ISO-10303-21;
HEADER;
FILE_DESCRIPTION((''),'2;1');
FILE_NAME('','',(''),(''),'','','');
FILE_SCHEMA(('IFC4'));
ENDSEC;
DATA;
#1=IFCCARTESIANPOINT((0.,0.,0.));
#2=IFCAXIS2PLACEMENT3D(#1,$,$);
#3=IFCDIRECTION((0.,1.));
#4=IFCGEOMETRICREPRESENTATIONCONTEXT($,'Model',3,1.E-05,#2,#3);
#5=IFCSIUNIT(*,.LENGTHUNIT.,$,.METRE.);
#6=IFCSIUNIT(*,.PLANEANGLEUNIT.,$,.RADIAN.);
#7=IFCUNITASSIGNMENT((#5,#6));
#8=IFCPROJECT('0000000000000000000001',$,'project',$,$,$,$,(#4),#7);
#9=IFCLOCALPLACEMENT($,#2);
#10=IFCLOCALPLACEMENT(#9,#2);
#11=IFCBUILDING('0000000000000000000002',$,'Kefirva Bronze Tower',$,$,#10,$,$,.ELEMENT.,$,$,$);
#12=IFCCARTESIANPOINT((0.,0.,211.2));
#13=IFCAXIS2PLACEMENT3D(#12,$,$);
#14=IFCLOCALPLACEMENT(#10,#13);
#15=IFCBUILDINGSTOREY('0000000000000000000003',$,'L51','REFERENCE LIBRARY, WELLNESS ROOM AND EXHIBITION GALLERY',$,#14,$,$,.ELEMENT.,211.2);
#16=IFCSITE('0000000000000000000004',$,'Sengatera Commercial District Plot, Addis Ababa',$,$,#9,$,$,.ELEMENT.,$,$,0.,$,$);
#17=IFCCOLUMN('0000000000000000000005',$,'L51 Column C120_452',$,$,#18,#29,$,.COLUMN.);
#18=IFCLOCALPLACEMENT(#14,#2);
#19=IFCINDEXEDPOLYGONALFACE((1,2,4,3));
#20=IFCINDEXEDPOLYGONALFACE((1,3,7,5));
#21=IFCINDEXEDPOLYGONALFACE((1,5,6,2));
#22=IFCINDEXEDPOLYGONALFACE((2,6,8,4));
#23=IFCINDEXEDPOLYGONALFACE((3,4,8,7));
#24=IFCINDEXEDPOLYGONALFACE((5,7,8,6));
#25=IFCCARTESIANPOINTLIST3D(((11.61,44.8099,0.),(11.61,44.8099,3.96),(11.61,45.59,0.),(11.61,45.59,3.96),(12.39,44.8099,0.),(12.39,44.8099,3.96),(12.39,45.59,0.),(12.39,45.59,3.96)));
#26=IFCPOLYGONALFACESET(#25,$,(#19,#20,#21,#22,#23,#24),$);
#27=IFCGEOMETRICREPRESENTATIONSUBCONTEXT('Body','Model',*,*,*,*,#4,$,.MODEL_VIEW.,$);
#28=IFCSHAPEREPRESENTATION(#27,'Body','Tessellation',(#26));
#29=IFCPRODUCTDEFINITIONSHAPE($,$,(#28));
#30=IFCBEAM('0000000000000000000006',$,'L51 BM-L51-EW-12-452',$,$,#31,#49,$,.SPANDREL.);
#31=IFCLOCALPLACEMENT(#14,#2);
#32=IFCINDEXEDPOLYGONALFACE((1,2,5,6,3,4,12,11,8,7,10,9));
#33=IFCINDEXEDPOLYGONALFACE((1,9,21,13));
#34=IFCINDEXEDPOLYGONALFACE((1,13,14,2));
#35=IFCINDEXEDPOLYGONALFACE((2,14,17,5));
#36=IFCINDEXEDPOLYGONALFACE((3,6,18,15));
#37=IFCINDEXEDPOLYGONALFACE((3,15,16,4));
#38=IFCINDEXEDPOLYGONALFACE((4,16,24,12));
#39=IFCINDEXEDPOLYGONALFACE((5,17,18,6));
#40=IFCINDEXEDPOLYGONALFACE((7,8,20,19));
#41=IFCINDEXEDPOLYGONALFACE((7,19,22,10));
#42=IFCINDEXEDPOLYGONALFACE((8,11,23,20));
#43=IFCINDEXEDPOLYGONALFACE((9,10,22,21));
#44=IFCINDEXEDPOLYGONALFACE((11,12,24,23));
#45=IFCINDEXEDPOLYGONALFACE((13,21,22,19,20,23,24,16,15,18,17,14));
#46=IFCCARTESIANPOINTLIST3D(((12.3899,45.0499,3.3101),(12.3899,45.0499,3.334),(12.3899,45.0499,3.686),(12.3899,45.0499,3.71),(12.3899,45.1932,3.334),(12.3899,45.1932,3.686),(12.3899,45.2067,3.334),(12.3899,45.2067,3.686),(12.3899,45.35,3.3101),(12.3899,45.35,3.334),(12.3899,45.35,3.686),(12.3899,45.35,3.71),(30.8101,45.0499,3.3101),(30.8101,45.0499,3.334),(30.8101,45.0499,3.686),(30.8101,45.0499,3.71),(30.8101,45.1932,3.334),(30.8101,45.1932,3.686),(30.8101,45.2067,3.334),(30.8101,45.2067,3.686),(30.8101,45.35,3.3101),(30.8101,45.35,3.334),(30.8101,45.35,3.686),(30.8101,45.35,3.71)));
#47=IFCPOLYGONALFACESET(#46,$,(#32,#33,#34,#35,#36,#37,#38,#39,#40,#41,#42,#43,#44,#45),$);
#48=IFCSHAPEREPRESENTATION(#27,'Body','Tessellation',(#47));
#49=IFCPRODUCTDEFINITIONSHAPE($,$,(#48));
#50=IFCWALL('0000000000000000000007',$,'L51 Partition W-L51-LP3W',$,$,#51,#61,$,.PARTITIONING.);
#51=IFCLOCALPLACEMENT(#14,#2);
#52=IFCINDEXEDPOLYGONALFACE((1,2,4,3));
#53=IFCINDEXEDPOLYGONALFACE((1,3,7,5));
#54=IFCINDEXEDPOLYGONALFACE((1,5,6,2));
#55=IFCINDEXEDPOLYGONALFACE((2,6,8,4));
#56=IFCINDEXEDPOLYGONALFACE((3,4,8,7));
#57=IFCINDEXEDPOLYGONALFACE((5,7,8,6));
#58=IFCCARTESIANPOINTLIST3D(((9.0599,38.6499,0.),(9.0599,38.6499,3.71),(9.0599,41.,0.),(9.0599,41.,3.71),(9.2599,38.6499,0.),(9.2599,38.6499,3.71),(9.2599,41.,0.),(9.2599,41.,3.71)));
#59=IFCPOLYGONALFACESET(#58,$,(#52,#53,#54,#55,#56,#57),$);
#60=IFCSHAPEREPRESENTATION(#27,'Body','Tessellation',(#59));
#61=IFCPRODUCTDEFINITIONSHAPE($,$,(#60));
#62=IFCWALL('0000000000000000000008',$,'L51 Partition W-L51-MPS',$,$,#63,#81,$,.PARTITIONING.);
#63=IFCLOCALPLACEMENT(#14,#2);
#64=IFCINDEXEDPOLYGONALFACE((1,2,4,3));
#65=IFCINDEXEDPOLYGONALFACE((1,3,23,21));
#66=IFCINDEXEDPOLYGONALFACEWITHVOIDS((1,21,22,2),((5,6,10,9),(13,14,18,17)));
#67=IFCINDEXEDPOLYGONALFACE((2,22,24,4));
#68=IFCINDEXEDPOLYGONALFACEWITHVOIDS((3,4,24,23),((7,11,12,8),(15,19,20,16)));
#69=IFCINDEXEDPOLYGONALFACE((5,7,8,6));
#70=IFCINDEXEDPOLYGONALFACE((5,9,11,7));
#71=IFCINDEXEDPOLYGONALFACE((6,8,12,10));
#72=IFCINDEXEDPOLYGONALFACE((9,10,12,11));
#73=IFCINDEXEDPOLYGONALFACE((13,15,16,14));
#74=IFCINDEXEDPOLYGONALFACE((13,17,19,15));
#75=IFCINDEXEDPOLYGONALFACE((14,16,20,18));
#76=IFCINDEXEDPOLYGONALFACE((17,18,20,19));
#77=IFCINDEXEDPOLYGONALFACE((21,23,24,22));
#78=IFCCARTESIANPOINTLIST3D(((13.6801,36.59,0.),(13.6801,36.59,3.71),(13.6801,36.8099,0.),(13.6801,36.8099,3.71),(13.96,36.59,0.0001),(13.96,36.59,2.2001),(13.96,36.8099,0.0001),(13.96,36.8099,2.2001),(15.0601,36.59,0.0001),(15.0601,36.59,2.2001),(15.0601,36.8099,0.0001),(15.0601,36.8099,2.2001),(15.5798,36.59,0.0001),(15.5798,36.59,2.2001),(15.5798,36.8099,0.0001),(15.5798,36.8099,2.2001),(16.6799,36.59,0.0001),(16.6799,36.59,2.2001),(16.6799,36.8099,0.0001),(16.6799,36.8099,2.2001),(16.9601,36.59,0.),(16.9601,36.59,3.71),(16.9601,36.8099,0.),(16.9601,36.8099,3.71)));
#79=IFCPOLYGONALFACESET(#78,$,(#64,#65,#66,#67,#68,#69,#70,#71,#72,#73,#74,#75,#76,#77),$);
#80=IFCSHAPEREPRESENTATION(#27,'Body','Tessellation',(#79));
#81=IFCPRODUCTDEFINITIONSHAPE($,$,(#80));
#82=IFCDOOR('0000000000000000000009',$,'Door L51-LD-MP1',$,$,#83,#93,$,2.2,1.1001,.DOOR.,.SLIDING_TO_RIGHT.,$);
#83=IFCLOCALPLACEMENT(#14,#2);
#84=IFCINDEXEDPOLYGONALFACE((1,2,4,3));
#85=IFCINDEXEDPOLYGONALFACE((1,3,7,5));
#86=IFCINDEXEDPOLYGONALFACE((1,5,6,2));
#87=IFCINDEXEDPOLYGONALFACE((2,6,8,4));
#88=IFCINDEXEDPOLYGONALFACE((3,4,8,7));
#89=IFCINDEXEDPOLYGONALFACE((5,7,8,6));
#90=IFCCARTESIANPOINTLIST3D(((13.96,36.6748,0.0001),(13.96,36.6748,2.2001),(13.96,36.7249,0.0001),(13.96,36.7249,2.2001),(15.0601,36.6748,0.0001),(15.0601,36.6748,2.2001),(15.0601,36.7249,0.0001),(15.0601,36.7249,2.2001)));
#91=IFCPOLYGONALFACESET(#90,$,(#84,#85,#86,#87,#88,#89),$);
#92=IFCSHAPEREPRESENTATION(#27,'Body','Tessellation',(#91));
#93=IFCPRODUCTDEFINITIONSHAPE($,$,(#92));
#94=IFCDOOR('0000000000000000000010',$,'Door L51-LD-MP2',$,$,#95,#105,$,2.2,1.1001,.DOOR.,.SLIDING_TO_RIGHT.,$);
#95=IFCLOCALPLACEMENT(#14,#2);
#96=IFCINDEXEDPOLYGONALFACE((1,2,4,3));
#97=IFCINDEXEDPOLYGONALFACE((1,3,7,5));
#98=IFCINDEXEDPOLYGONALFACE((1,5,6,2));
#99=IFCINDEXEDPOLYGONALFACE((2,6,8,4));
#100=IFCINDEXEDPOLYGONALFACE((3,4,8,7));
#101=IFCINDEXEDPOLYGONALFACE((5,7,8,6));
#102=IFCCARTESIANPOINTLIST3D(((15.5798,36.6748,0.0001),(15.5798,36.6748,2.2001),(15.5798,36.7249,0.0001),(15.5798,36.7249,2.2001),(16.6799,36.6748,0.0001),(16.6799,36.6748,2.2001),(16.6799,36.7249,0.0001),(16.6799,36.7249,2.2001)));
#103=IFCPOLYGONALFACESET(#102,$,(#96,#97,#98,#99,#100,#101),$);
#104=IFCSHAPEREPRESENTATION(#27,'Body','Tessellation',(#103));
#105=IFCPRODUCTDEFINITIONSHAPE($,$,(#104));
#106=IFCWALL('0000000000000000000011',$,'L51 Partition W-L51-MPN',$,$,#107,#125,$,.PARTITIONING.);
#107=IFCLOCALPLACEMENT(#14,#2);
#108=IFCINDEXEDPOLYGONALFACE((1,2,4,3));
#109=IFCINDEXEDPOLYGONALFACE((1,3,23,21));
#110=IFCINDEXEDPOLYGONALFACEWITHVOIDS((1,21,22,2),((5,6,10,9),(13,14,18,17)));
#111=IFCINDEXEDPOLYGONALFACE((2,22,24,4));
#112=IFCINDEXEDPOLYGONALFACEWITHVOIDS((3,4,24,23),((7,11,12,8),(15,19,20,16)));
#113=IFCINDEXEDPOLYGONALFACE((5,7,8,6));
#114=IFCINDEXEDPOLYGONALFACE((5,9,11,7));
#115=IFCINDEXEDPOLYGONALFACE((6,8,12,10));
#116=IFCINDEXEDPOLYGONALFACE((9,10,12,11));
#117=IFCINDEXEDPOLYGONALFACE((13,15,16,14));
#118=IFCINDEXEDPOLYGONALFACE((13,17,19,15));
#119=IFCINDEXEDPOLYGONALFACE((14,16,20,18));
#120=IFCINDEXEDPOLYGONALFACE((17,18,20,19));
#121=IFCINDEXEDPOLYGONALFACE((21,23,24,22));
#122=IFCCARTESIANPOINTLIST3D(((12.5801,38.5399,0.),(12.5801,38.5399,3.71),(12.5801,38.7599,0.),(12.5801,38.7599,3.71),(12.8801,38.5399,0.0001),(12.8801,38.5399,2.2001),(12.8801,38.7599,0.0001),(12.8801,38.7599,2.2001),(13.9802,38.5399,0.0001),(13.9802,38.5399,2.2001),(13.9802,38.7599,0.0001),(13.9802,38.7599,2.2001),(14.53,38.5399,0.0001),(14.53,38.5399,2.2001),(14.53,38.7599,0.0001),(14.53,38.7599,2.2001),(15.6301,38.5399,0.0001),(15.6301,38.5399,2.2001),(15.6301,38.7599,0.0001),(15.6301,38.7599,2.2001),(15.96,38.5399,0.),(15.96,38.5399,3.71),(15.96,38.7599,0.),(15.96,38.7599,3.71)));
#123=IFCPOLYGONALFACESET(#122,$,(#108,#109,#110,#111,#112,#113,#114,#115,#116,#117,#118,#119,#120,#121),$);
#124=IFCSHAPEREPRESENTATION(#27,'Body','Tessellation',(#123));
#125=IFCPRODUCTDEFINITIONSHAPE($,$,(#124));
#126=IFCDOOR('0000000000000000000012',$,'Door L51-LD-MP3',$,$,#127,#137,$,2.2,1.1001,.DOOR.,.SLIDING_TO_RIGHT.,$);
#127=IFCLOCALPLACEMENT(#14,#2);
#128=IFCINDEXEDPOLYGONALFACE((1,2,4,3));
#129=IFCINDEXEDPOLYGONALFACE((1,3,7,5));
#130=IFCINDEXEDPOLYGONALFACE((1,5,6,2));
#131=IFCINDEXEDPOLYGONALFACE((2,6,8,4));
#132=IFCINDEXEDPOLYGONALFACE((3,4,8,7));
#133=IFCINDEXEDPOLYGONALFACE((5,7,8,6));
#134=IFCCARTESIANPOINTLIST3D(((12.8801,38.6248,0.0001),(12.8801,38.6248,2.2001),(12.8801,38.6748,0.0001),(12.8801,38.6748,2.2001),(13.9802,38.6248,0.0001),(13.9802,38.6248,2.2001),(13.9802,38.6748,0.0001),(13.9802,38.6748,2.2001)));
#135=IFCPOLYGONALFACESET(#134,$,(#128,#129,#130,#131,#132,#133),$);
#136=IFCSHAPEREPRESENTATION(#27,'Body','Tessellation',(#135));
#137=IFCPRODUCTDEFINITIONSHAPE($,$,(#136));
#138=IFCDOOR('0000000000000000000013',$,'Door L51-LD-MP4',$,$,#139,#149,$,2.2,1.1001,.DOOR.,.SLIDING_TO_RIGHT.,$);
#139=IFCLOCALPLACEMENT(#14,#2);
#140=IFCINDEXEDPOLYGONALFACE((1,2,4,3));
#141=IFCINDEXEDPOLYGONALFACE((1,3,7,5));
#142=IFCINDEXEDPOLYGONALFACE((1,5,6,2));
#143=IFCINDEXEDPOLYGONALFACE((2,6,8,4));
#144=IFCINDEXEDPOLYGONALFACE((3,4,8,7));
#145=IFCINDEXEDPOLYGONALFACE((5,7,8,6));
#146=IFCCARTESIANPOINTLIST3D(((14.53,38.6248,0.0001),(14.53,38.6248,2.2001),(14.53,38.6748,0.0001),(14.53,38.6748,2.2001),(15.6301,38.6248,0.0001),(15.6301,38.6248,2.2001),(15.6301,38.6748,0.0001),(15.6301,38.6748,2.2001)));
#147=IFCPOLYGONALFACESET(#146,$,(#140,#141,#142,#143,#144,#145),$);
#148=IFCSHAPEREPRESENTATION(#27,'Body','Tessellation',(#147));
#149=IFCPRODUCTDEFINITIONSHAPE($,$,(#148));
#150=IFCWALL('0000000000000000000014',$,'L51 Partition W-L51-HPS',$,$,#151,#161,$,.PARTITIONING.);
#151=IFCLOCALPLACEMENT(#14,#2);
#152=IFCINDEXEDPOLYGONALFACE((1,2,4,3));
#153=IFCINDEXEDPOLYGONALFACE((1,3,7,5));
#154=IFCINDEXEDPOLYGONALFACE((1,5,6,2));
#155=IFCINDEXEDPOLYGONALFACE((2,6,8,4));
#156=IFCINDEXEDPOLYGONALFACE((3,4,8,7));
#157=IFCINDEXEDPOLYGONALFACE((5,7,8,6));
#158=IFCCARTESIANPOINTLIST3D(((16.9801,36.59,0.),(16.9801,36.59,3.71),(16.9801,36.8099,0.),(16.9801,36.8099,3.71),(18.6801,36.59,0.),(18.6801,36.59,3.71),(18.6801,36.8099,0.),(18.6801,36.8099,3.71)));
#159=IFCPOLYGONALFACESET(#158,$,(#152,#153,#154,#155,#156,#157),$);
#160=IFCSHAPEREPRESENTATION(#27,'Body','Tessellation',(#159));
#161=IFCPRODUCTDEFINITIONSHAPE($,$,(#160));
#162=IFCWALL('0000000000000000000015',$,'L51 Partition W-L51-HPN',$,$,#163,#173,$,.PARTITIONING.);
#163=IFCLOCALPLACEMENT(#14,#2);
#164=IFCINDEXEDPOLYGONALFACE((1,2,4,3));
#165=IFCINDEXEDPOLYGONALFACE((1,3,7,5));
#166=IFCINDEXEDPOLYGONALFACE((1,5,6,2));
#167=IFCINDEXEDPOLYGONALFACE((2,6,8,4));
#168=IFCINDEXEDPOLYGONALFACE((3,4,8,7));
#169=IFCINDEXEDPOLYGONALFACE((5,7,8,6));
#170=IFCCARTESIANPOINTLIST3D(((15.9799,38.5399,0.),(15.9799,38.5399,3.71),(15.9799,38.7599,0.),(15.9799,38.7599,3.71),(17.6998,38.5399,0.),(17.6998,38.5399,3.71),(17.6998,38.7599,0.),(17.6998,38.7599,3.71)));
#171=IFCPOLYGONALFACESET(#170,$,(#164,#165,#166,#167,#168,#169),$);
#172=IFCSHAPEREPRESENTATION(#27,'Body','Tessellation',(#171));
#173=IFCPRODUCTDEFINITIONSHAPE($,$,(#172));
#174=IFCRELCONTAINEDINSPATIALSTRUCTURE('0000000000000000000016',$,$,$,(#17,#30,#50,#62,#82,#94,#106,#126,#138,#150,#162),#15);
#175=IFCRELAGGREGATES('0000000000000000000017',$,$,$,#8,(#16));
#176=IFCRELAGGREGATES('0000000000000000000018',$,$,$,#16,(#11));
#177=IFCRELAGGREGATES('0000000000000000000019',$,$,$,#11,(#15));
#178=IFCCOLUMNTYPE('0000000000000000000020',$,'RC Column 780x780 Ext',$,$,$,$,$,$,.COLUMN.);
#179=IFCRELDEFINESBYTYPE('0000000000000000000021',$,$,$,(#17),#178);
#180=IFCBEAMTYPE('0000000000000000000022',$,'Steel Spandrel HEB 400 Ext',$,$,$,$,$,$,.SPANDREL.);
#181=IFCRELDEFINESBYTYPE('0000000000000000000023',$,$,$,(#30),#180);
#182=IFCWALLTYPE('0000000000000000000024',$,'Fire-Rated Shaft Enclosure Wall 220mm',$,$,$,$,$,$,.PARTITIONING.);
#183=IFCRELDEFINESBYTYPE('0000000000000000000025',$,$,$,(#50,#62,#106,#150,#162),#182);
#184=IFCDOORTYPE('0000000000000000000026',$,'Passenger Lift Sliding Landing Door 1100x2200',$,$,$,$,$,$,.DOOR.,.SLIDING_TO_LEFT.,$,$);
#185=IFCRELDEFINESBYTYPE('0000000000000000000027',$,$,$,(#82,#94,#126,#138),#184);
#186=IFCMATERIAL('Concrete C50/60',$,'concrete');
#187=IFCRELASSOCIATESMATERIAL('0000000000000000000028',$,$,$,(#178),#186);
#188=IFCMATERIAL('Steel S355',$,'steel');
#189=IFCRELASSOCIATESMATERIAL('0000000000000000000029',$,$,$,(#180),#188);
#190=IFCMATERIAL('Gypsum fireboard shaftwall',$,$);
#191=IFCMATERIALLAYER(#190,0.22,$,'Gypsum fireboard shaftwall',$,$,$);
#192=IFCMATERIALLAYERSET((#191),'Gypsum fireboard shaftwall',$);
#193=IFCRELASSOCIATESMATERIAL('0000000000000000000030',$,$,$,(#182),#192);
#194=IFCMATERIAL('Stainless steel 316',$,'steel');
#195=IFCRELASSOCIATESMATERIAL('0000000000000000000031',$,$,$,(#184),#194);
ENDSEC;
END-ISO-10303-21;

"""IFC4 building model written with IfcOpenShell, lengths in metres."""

from ifc_helpers import new_model, si_unit, direction, frame, frame_2d, origin, origin_2d, place, context, subcontext, project, spatial, rectangle, i_section, extrude, material, layer, layer_set, material_profile, profile_set, type_object, element, fill, save


model = new_model("IFC4")

# Units and contexts
model_context = context("Model", 3, precision=1e-05, world=origin(), true_north=direction((0.0, 1.0)))
body_context = subcontext(model_context, "Body", "Model", "MODEL_VIEW")
ifc_project = project(units=[si_unit("LENGTHUNIT", "METRE"), si_unit("PLANEANGLEUNIT", "RADIAN")], contexts=[model_context])

# Site, building, storey
site_placement = place(None, origin())
site = spatial("IfcSite", under=ifc_project, at=site_placement, Name="Sengatera Commercial District Plot, Addis Ababa", CompositionType="ELEMENT", RefElevation=0.0)
building_placement = place(site_placement, origin())
building = spatial("IfcBuilding", under=site, at=building_placement, Name="Kefirva Bronze Tower", CompositionType="ELEMENT")
storey_placement = place(building_placement, frame((0.0, 0.0, 211.2)))
storey = spatial("IfcBuildingStorey", under=building, at=storey_placement, Name="L51", Description="REFERENCE LIBRARY, WELLNESS ROOM AND EXHIBITION GALLERY", CompositionType="ELEMENT", Elevation=211.2)

# Column
ifc_material_1 = material(Name="Concrete C50/60", Category="concrete")
ifc_material_profile_1 = material_profile(ifc_material_1, rectangle(XDim=0.78, YDim=0.78, at=origin_2d()), Name="RC 780x780")
ifc_profile_set_1 = profile_set([ifc_material_profile_1], Name="Concrete C50/60")
column_type = type_object("IfcColumnType", Name="RC Column 780x780 Ext", PredefinedType="COLUMN", material=ifc_profile_set_1)
column_placement = place(storey_placement, frame((12.0, 45.2, 0.0), z_axis=(0.0, 0.0, 1.0), x_axis=(1.0, 0.0, 0.0)))
element("IfcColumn", 1, at=column_placement, inside=storey, type_object=column_type, Name="L51 Column C120_452", PredefinedType="COLUMN", context=body_context, shape_type="SweptSolid", body=[
    extrude(rectangle(XDim=0.78, YDim=0.78, at=origin_2d()), origin(), (0.0, 0.0, 1.0), 3.96),
])

# Beam
ifc_material_2 = material(Name="Steel S355", Category="steel")
ifc_material_profile_2 = material_profile(ifc_material_2, i_section(OverallWidth=0.3, OverallDepth=0.3999, WebThickness=0.0134, FlangeThickness=0.0239, at=origin_2d()), Name="HEB 400")
ifc_profile_set_2 = profile_set([ifc_material_profile_2], Name="Steel S355")
beam_type = type_object("IfcBeamType", Name="Steel Spandrel HEB 400 Ext", PredefinedType="SPANDREL", material=ifc_profile_set_2)
beam_placement = place(storey_placement, frame((12.3899, 45.2, 3.51), z_axis=(1.0, 0.0, 0.0), x_axis=(0.0, 1.0, 0.0)))
element("IfcBeam", 2, at=beam_placement, inside=storey, type_object=beam_type, Name="L51 BM-L51-EW-12-452", PredefinedType="SPANDREL", context=body_context, shape_type="SweptSolid", body=[
    extrude(i_section(OverallWidth=0.3, OverallDepth=0.3999, WebThickness=0.0134, FlangeThickness=0.0239, at=origin_2d()), origin(), (0.0, 0.0, 1.0), 18.4202),
])

# Wall
ifc_material_3 = material(Name="Gypsum fireboard shaftwall")
ifc_layer_1 = layer(ifc_material_3, 0.22, Name="Gypsum fireboard shaftwall")
ifc_layer_set_1 = layer_set([ifc_layer_1], Name="Gypsum fireboard shaftwall")
wall_type_1 = type_object("IfcWallType", Name="Fire-Rated Shaft Enclosure Wall 220mm", PredefinedType="PARTITIONING", material=ifc_layer_set_1)
wall_1_placement = place(storey_placement, frame((9.1599, 38.6499, 0.0), z_axis=(0.0, 0.0, 1.0), x_axis=(0.0, 1.0, 0.0)))
element("IfcWall", 3, at=wall_1_placement, inside=storey, type_object=wall_type_1, Name="L51 Partition W-L51-LP3W", PredefinedType="PARTITIONING", context=body_context, shape_type="SweptSolid", body=[
    extrude(rectangle(XDim=2.3501, YDim=0.2, at=frame_2d((1.175, 0.0))), origin(), (0.0, 0.0, 1.0), 3.71),
])

# Walls, openings, doors
wall_2_placement = place(storey_placement, frame((13.6799, 36.7, 0.0), z_axis=(0.0, 0.0, 1.0), x_axis=(1.0, 0.0, 0.0)))
wall_2 = element("IfcWall", 4, at=wall_2_placement, inside=storey, type_object=wall_type_1, Name="L51 Partition W-L51-MPS", PredefinedType="PARTITIONING", context=body_context, shape_type="SweptSolid", body=[
    extrude(rectangle(XDim=3.28, YDim=0.22, at=frame_2d((1.6401, 0.0))), origin(), (0.0, 0.0, 1.0), 3.71),
])
opening_1_placement = place(wall_2_placement, frame((0.28, 0.0, 0.0)))
opening_1 = element("IfcOpeningElement", 5, at=opening_1_placement, cuts=wall_2, PredefinedType="OPENING", context=body_context, shape_type="SweptSolid", body=[
    extrude(rectangle(XDim=1.1001, YDim=2.2, at=frame_2d((0.55, 1.1001))), frame((0.0, 0.1201, 0.0), z_axis=(0.0, -1.0, 0.0), x_axis=(1.0, 0.0, 0.0)), (0.0, 0.0, 1.0), 0.24),
])
opening_2_placement = place(wall_2_placement, frame((1.8999, 0.0, 0.0)))
opening_2 = element("IfcOpeningElement", 6, at=opening_2_placement, cuts=wall_2, PredefinedType="OPENING", context=body_context, shape_type="SweptSolid", body=[
    extrude(rectangle(XDim=1.1001, YDim=2.2, at=frame_2d((0.55, 1.1001))), frame((0.0, 0.1201, 0.0), z_axis=(0.0, -1.0, 0.0), x_axis=(1.0, 0.0, 0.0)), (0.0, 0.0, 1.0), 0.24),
])
ifc_material_4 = material(Name="Stainless steel 316", Category="steel")
door_type_1 = type_object("IfcDoorType", Name="Passenger Lift Sliding Landing Door 1100x2200", OperationType="SLIDING_TO_LEFT", PredefinedType="DOOR", material=ifc_material_4)
door_1_placement = place(opening_1_placement, origin())
door_1 = element("IfcDoor", 7, at=door_1_placement, inside=storey, type_object=door_type_1, Name="Door L51-LD-MP1", OperationType="SLIDING_TO_RIGHT", OverallHeight=2.2, OverallWidth=1.1001, PredefinedType="DOOR", context=body_context, shape_type="SweptSolid", body=[
    extrude(rectangle(XDim=1.1001, YDim=2.2, at=frame_2d((0.55, 1.1001))), frame((0.0, 0.0249, 0.0), z_axis=(0.0, -1.0, 0.0), x_axis=(1.0, 0.0, 0.0)), (0.0, 0.0, 1.0), 0.05),
])
fill(opening_1, door_1)
door_2_placement = place(opening_2_placement, origin())
door_2 = element("IfcDoor", 8, at=door_2_placement, inside=storey, type_object=door_type_1, Name="Door L51-LD-MP2", OperationType="SLIDING_TO_RIGHT", OverallHeight=2.2, OverallWidth=1.1001, PredefinedType="DOOR", context=body_context, shape_type="SweptSolid", body=[
    extrude(rectangle(XDim=1.1001, YDim=2.2, at=frame_2d((0.55, 1.1001))), frame((0.0, 0.0249, 0.0), z_axis=(0.0, -1.0, 0.0), x_axis=(1.0, 0.0, 0.0)), (0.0, 0.0, 1.0), 0.05),
])
fill(opening_2, door_2)
wall_3_placement = place(storey_placement, frame((12.5801, 38.6499, 0.0), z_axis=(0.0, 0.0, 1.0), x_axis=(1.0, 0.0, 0.0)))
wall_3 = element("IfcWall", 9, at=wall_3_placement, inside=storey, type_object=wall_type_1, Name="L51 Partition W-L51-MPN", PredefinedType="PARTITIONING", context=body_context, shape_type="SweptSolid", body=[
    extrude(rectangle(XDim=3.3799, YDim=0.22, at=frame_2d((1.6899, 0.0))), origin(), (0.0, 0.0, 1.0), 3.71),
])
opening_3_placement = place(wall_3_placement, frame((0.3, 0.0, 0.0)))
opening_3 = element("IfcOpeningElement", 10, at=opening_3_placement, cuts=wall_3, PredefinedType="OPENING", context=body_context, shape_type="SweptSolid", body=[
    extrude(rectangle(XDim=1.1001, YDim=2.2, at=frame_2d((0.55, 1.1001))), frame((0.0, 0.1201, 0.0), z_axis=(0.0, -1.0, 0.0), x_axis=(1.0, 0.0, 0.0)), (0.0, 0.0, 1.0), 0.24),
])
opening_4_placement = place(wall_3_placement, frame((1.95, 0.0, 0.0)))
opening_4 = element("IfcOpeningElement", 11, at=opening_4_placement, cuts=wall_3, PredefinedType="OPENING", context=body_context, shape_type="SweptSolid", body=[
    extrude(rectangle(XDim=1.1001, YDim=2.2, at=frame_2d((0.55, 1.1001))), frame((0.0, 0.1201, 0.0), z_axis=(0.0, -1.0, 0.0), x_axis=(1.0, 0.0, 0.0)), (0.0, 0.0, 1.0), 0.24),
])
door_3_placement = place(opening_3_placement, origin())
door_3 = element("IfcDoor", 12, at=door_3_placement, inside=storey, type_object=door_type_1, Name="Door L51-LD-MP3", OperationType="SLIDING_TO_RIGHT", OverallHeight=2.2, OverallWidth=1.1001, PredefinedType="DOOR", context=body_context, shape_type="SweptSolid", body=[
    extrude(rectangle(XDim=1.1001, YDim=2.2, at=frame_2d((0.55, 1.1001))), frame((0.0, 0.0249, 0.0), z_axis=(0.0, -1.0, 0.0), x_axis=(1.0, 0.0, 0.0)), (0.0, 0.0, 1.0), 0.05),
])
fill(opening_3, door_3)
door_4_placement = place(opening_4_placement, origin())
door_4 = element("IfcDoor", 13, at=door_4_placement, inside=storey, type_object=door_type_1, Name="Door L51-LD-MP4", OperationType="SLIDING_TO_RIGHT", OverallHeight=2.2, OverallWidth=1.1001, PredefinedType="DOOR", context=body_context, shape_type="SweptSolid", body=[
    extrude(rectangle(XDim=1.1001, YDim=2.2, at=frame_2d((0.55, 1.1001))), frame((0.0, 0.0249, 0.0), z_axis=(0.0, -1.0, 0.0), x_axis=(1.0, 0.0, 0.0)), (0.0, 0.0, 1.0), 0.05),
])
fill(opening_4, door_4)

# Walls
wall_4_placement = place(storey_placement, frame((16.98, 36.7, 0.0), z_axis=(0.0, 0.0, 1.0), x_axis=(1.0, 0.0, 0.0)))
element("IfcWall", 14, at=wall_4_placement, inside=storey, type_object=wall_type_1, Name="L51 Partition W-L51-HPS", PredefinedType="PARTITIONING", context=body_context, shape_type="SweptSolid", body=[
    extrude(rectangle(XDim=1.7, YDim=0.22, at=frame_2d((0.8501, 0.0))), origin(), (0.0, 0.0, 1.0), 3.71),
])
wall_5_placement = place(storey_placement, frame((15.98, 38.6499, 0.0), z_axis=(0.0, 0.0, 1.0), x_axis=(1.0, 0.0, 0.0)))
element("IfcWall", 15, at=wall_5_placement, inside=storey, type_object=wall_type_1, Name="L51 Partition W-L51-HPN", PredefinedType="PARTITIONING", context=body_context, shape_type="SweptSolid", body=[
    extrude(rectangle(XDim=1.72, YDim=0.22, at=frame_2d((0.8599, 0.0))), origin(), (0.0, 0.0, 1.0), 3.71),
])

save(model, "model.ifc")
